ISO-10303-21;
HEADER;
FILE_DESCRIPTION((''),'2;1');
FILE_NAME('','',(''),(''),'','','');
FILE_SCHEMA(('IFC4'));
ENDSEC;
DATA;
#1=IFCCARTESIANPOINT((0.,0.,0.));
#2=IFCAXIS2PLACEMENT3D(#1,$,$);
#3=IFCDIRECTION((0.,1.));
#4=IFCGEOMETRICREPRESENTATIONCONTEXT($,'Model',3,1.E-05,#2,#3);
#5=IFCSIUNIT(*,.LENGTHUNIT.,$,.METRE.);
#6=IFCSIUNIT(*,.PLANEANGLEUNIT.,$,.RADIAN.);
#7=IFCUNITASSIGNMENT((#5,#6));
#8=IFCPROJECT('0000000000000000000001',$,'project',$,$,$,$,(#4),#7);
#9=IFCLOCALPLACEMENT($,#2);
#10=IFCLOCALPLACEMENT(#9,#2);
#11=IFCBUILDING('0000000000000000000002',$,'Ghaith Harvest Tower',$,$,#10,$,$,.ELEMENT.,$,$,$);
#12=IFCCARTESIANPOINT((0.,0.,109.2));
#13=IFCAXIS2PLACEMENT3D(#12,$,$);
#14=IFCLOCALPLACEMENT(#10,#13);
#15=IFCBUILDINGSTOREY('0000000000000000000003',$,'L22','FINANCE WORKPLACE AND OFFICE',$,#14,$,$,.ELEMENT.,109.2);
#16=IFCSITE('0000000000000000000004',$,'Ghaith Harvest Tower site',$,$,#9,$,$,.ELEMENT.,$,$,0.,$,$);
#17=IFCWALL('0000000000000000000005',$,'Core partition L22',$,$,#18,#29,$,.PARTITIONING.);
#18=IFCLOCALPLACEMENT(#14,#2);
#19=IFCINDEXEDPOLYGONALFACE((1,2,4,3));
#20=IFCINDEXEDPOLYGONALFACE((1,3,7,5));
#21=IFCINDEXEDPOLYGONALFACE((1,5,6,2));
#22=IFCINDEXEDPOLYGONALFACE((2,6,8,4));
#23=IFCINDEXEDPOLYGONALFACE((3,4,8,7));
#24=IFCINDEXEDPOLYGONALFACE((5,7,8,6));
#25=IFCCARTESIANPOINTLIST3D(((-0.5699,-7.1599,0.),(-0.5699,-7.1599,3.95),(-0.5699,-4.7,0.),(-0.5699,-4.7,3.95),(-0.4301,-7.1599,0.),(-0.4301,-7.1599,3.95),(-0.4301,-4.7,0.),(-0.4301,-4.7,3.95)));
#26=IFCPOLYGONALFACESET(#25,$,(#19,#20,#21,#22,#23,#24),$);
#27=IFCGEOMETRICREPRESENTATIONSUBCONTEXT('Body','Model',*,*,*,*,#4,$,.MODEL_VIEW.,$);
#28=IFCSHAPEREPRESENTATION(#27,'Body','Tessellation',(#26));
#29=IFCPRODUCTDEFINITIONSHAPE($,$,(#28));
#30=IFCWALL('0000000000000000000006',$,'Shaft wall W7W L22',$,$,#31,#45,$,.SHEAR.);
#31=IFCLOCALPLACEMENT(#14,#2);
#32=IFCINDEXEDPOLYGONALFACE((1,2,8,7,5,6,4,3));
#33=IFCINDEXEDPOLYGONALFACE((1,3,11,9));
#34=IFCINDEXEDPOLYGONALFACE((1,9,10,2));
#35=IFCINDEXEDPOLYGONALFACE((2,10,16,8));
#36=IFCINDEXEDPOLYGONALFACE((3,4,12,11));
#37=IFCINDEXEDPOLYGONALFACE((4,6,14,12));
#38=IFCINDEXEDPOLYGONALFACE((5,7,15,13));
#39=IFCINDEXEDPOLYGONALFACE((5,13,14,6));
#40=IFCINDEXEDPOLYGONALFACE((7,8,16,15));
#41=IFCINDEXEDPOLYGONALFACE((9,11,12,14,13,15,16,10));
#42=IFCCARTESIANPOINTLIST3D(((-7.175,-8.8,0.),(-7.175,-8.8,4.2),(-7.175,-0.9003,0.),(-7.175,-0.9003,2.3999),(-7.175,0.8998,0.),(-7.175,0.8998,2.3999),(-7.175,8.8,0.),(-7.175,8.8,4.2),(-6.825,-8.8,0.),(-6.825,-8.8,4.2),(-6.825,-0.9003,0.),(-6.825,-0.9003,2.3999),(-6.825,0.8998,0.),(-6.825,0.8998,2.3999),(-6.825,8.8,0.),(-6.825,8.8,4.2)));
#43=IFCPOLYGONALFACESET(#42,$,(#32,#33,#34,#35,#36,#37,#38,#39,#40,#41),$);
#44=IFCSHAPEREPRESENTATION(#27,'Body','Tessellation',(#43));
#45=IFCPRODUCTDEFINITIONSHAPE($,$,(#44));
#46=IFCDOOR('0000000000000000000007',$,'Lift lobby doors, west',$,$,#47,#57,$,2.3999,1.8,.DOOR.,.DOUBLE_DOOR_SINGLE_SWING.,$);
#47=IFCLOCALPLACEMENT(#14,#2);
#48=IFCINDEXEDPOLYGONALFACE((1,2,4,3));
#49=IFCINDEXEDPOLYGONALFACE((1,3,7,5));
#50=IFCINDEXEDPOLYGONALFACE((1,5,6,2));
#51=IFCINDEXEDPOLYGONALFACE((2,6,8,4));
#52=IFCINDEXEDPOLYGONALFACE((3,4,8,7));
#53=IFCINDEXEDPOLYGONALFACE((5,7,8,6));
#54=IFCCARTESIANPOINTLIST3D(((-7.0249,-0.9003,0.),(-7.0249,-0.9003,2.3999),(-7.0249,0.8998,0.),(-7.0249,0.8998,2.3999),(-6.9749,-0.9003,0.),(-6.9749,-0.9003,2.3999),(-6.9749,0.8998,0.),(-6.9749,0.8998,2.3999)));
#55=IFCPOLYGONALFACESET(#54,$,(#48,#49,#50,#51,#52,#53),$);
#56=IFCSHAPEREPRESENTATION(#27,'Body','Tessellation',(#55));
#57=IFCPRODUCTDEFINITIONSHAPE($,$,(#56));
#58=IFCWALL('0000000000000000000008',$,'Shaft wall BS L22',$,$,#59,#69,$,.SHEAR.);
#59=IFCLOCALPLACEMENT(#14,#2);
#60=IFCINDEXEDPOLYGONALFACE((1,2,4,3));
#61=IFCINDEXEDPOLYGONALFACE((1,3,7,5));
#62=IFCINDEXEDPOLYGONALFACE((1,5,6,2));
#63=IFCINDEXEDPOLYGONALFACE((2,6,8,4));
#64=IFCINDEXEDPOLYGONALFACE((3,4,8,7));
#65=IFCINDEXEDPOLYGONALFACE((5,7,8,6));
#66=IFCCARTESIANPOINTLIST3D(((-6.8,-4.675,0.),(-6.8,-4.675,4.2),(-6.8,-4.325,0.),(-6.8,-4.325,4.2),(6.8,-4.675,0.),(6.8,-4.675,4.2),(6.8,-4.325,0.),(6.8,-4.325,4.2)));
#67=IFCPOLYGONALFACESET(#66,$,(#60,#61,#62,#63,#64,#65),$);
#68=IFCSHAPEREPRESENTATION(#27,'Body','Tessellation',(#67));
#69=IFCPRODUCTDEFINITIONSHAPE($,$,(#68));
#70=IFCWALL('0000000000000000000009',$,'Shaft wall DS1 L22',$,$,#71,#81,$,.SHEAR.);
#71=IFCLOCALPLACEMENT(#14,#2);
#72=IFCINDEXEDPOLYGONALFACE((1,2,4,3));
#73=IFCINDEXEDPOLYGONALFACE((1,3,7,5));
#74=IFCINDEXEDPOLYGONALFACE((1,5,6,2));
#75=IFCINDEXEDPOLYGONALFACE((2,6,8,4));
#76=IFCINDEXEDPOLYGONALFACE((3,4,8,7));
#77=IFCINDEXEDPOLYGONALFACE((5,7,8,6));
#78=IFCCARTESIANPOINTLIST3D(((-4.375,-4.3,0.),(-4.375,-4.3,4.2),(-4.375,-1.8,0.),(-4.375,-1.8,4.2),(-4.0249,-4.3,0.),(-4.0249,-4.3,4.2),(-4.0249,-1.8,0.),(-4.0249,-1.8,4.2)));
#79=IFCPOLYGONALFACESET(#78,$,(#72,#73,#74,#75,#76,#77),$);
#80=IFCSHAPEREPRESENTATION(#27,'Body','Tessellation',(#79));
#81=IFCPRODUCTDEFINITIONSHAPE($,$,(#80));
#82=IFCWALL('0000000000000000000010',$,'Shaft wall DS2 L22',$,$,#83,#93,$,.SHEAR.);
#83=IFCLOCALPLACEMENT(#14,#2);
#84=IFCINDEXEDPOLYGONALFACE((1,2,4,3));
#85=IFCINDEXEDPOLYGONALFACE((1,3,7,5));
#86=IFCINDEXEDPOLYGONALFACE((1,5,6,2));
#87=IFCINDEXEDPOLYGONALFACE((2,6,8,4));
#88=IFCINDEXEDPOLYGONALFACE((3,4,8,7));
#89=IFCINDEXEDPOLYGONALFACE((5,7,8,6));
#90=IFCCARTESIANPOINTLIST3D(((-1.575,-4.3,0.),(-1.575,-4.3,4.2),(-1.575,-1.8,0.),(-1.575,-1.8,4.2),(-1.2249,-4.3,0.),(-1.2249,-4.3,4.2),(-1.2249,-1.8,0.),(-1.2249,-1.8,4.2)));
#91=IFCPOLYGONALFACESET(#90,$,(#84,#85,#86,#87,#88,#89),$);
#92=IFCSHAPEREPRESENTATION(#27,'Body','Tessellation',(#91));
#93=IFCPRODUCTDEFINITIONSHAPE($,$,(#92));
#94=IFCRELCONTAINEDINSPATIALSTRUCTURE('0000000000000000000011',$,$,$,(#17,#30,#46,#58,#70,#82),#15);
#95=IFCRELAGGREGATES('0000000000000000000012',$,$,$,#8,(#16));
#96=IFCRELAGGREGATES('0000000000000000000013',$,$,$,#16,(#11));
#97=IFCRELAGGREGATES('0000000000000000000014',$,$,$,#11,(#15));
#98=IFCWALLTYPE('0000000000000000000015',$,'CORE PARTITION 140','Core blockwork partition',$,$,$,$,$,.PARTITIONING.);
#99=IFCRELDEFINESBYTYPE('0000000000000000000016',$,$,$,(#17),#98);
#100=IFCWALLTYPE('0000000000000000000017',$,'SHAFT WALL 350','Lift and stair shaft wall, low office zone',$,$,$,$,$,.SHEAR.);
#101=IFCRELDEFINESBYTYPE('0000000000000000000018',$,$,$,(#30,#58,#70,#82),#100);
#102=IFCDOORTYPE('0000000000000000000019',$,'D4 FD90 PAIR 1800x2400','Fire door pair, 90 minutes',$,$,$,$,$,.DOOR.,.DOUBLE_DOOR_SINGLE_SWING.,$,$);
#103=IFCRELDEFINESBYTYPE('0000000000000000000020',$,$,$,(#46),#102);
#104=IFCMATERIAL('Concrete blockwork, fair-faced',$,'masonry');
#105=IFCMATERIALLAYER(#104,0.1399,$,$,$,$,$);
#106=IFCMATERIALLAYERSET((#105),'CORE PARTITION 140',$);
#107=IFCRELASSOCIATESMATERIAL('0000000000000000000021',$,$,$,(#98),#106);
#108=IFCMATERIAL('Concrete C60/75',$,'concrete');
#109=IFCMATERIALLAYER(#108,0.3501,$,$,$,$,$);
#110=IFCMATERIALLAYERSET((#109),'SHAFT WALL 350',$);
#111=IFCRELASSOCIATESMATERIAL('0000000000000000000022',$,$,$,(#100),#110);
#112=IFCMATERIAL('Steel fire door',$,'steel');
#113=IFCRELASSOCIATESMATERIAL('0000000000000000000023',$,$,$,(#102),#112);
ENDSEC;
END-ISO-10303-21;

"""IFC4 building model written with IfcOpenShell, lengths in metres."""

from ifc_helpers import new_model, si_unit, direction, frame, frame_2d, origin, place, context, subcontext, project, spatial, rectangle, extrude, material, layer, layer_set, type_object, element, fill, save


model = new_model("IFC4")

# Units and contexts
model_context = context("Model", 3, precision=1e-05, world=origin(), true_north=direction((0.0, 1.0)))
body_context = subcontext(model_context, "Body", "Model", "MODEL_VIEW")
ifc_project = project(units=[si_unit("LENGTHUNIT", "METRE"), si_unit("PLANEANGLEUNIT", "RADIAN")], contexts=[model_context])

# Site, building, storey
site_placement = place(None, origin())
site = spatial("IfcSite", under=ifc_project, at=site_placement, Name="Ghaith Harvest Tower site", CompositionType="ELEMENT", RefElevation=0.0)
building_placement = place(site_placement, origin())
building = spatial("IfcBuilding", under=site, at=building_placement, Name="Ghaith Harvest Tower", CompositionType="ELEMENT")
storey_placement = place(building_placement, frame((0.0, 0.0, 109.2)))
storey = spatial("IfcBuildingStorey", under=building, at=storey_placement, Name="L22", Description="FINANCE WORKPLACE AND OFFICE", CompositionType="ELEMENT", Elevation=109.2)

# Shared definitions
ifc_material_1 = material(Name="Concrete blockwork, fair-faced", Category="masonry")
ifc_layer_1 = layer(ifc_material_1, 0.1399)
ifc_layer_set_1 = layer_set([ifc_layer_1], Name="CORE PARTITION 140")
wall_type_1 = type_object("IfcWallType", Name="CORE PARTITION 140", Description="Core blockwork partition", PredefinedType="PARTITIONING", material=ifc_layer_set_1)

# Wall
for number, where, z_axis, x_axis, name in (
    (1, (-0.5, -4.7, 0.0), (0.0, 0.0, 1.0), (0.0, -1.0, 0.0), "Core partition L22"),
):
    element("IfcWall", number, at=place(storey_placement, frame(where, z_axis=z_axis, x_axis=x_axis)), inside=storey, type_object=wall_type_1, Name=name, PredefinedType="PARTITIONING", context=body_context, shape_type="SweptSolid", body=[
        extrude(rectangle(XDim=2.46, YDim=0.1399, at=frame_2d((1.23, 0.0))), origin(), (0.0, 0.0, 1.0), 3.95),
    ])

# Wall, opening, door
ifc_material_2 = material(Name="Concrete C60/75", Category="concrete")
ifc_layer_2 = layer(ifc_material_2, 0.3501)
ifc_layer_set_2 = layer_set([ifc_layer_2], Name="SHAFT WALL 350")
wall_type_2 = type_object("IfcWallType", Name="SHAFT WALL 350", Description="Lift and stair shaft wall, low office zone", PredefinedType="SHEAR", material=ifc_layer_set_2)
wall_1_placement = place(storey_placement, frame((-7.0, -8.8, 0.0), z_axis=(0.0, 0.0, 1.0), x_axis=(0.0, 1.0, 0.0)))
wall_1 = element("IfcWall", 2, at=wall_1_placement, inside=storey, type_object=wall_type_2, Name="Shaft wall W7W L22", PredefinedType="SHEAR", context=body_context, shape_type="SweptSolid", body=[
    extrude(rectangle(XDim=17.6001, YDim=0.3501, at=frame_2d((8.8, 0.0))), origin(), (0.0, 0.0, 1.0), 4.2),
])
opening_1_placement = place(wall_1_placement, frame((7.8999, 0.0, 0.0)))
opening_1 = element("IfcOpeningElement", 3, at=opening_1_placement, cuts=wall_1, PredefinedType="OPENING", context=body_context, shape_type="SweptSolid", body=[
    extrude(rectangle(XDim=1.8, YDim=2.3999, at=frame_2d((0.8999, 1.2))), frame((0.0, 0.1851, 0.0), z_axis=(0.0, -1.0, 0.0), x_axis=(1.0, 0.0, 0.0)), (0.0, 0.0, 1.0), 0.3701),
])
ifc_material_3 = material(Name="Steel fire door", Category="steel")
door_type_1 = type_object("IfcDoorType", Name="D4 FD90 PAIR 1800x2400", Description="Fire door pair, 90 minutes", OperationType="DOUBLE_DOOR_SINGLE_SWING", PredefinedType="DOOR", material=ifc_material_3)
door_1_placement = place(opening_1_placement, origin())
door_1 = element("IfcDoor", 4, at=door_1_placement, inside=storey, type_object=door_type_1, Name="Lift lobby doors, west", OperationType="DOUBLE_DOOR_SINGLE_SWING", OverallHeight=2.3999, OverallWidth=1.8, PredefinedType="DOOR", context=body_context, shape_type="SweptSolid", body=[
    extrude(rectangle(XDim=1.8, YDim=2.3999, at=frame_2d((0.8999, 1.2))), frame((0.0, 0.0249, 0.0), z_axis=(0.0, -1.0, 0.0), x_axis=(1.0, 0.0, 0.0)), (0.0, 0.0, 1.0), 0.05),
])
fill(opening_1, door_1)

# Walls
wall_2_placement = place(storey_placement, frame((-6.8, -4.5, 0.0), z_axis=(0.0, 0.0, 1.0), x_axis=(1.0, 0.0, 0.0)))
element("IfcWall", 5, at=wall_2_placement, inside=storey, type_object=wall_type_2, Name="Shaft wall BS L22", PredefinedType="SHEAR", context=body_context, shape_type="SweptSolid", body=[
    extrude(rectangle(XDim=13.6001, YDim=0.3501, at=frame_2d((6.8, 0.0))), origin(), (0.0, 0.0, 1.0), 4.2),
])
for number, where, z_axis, x_axis, name in (
    (6, (-4.2, -4.3, 0.0), (0.0, 0.0, 1.0), (0.0, 1.0, 0.0), "Shaft wall DS1 L22"),
    (7, (-1.3999, -4.3, 0.0), (0.0, 0.0, 1.0), (0.0, 1.0, 0.0), "Shaft wall DS2 L22"),
):
    element("IfcWall", number, at=place(storey_placement, frame(where, z_axis=z_axis, x_axis=x_axis)), inside=storey, type_object=wall_type_2, Name=name, PredefinedType="SHEAR", context=body_context, shape_type="SweptSolid", body=[
        extrude(rectangle(XDim=2.5, YDim=0.3501, at=frame_2d((1.25, 0.0))), origin(), (0.0, 0.0, 1.0), 4.2),
    ])

save(model, "model.ifc")
